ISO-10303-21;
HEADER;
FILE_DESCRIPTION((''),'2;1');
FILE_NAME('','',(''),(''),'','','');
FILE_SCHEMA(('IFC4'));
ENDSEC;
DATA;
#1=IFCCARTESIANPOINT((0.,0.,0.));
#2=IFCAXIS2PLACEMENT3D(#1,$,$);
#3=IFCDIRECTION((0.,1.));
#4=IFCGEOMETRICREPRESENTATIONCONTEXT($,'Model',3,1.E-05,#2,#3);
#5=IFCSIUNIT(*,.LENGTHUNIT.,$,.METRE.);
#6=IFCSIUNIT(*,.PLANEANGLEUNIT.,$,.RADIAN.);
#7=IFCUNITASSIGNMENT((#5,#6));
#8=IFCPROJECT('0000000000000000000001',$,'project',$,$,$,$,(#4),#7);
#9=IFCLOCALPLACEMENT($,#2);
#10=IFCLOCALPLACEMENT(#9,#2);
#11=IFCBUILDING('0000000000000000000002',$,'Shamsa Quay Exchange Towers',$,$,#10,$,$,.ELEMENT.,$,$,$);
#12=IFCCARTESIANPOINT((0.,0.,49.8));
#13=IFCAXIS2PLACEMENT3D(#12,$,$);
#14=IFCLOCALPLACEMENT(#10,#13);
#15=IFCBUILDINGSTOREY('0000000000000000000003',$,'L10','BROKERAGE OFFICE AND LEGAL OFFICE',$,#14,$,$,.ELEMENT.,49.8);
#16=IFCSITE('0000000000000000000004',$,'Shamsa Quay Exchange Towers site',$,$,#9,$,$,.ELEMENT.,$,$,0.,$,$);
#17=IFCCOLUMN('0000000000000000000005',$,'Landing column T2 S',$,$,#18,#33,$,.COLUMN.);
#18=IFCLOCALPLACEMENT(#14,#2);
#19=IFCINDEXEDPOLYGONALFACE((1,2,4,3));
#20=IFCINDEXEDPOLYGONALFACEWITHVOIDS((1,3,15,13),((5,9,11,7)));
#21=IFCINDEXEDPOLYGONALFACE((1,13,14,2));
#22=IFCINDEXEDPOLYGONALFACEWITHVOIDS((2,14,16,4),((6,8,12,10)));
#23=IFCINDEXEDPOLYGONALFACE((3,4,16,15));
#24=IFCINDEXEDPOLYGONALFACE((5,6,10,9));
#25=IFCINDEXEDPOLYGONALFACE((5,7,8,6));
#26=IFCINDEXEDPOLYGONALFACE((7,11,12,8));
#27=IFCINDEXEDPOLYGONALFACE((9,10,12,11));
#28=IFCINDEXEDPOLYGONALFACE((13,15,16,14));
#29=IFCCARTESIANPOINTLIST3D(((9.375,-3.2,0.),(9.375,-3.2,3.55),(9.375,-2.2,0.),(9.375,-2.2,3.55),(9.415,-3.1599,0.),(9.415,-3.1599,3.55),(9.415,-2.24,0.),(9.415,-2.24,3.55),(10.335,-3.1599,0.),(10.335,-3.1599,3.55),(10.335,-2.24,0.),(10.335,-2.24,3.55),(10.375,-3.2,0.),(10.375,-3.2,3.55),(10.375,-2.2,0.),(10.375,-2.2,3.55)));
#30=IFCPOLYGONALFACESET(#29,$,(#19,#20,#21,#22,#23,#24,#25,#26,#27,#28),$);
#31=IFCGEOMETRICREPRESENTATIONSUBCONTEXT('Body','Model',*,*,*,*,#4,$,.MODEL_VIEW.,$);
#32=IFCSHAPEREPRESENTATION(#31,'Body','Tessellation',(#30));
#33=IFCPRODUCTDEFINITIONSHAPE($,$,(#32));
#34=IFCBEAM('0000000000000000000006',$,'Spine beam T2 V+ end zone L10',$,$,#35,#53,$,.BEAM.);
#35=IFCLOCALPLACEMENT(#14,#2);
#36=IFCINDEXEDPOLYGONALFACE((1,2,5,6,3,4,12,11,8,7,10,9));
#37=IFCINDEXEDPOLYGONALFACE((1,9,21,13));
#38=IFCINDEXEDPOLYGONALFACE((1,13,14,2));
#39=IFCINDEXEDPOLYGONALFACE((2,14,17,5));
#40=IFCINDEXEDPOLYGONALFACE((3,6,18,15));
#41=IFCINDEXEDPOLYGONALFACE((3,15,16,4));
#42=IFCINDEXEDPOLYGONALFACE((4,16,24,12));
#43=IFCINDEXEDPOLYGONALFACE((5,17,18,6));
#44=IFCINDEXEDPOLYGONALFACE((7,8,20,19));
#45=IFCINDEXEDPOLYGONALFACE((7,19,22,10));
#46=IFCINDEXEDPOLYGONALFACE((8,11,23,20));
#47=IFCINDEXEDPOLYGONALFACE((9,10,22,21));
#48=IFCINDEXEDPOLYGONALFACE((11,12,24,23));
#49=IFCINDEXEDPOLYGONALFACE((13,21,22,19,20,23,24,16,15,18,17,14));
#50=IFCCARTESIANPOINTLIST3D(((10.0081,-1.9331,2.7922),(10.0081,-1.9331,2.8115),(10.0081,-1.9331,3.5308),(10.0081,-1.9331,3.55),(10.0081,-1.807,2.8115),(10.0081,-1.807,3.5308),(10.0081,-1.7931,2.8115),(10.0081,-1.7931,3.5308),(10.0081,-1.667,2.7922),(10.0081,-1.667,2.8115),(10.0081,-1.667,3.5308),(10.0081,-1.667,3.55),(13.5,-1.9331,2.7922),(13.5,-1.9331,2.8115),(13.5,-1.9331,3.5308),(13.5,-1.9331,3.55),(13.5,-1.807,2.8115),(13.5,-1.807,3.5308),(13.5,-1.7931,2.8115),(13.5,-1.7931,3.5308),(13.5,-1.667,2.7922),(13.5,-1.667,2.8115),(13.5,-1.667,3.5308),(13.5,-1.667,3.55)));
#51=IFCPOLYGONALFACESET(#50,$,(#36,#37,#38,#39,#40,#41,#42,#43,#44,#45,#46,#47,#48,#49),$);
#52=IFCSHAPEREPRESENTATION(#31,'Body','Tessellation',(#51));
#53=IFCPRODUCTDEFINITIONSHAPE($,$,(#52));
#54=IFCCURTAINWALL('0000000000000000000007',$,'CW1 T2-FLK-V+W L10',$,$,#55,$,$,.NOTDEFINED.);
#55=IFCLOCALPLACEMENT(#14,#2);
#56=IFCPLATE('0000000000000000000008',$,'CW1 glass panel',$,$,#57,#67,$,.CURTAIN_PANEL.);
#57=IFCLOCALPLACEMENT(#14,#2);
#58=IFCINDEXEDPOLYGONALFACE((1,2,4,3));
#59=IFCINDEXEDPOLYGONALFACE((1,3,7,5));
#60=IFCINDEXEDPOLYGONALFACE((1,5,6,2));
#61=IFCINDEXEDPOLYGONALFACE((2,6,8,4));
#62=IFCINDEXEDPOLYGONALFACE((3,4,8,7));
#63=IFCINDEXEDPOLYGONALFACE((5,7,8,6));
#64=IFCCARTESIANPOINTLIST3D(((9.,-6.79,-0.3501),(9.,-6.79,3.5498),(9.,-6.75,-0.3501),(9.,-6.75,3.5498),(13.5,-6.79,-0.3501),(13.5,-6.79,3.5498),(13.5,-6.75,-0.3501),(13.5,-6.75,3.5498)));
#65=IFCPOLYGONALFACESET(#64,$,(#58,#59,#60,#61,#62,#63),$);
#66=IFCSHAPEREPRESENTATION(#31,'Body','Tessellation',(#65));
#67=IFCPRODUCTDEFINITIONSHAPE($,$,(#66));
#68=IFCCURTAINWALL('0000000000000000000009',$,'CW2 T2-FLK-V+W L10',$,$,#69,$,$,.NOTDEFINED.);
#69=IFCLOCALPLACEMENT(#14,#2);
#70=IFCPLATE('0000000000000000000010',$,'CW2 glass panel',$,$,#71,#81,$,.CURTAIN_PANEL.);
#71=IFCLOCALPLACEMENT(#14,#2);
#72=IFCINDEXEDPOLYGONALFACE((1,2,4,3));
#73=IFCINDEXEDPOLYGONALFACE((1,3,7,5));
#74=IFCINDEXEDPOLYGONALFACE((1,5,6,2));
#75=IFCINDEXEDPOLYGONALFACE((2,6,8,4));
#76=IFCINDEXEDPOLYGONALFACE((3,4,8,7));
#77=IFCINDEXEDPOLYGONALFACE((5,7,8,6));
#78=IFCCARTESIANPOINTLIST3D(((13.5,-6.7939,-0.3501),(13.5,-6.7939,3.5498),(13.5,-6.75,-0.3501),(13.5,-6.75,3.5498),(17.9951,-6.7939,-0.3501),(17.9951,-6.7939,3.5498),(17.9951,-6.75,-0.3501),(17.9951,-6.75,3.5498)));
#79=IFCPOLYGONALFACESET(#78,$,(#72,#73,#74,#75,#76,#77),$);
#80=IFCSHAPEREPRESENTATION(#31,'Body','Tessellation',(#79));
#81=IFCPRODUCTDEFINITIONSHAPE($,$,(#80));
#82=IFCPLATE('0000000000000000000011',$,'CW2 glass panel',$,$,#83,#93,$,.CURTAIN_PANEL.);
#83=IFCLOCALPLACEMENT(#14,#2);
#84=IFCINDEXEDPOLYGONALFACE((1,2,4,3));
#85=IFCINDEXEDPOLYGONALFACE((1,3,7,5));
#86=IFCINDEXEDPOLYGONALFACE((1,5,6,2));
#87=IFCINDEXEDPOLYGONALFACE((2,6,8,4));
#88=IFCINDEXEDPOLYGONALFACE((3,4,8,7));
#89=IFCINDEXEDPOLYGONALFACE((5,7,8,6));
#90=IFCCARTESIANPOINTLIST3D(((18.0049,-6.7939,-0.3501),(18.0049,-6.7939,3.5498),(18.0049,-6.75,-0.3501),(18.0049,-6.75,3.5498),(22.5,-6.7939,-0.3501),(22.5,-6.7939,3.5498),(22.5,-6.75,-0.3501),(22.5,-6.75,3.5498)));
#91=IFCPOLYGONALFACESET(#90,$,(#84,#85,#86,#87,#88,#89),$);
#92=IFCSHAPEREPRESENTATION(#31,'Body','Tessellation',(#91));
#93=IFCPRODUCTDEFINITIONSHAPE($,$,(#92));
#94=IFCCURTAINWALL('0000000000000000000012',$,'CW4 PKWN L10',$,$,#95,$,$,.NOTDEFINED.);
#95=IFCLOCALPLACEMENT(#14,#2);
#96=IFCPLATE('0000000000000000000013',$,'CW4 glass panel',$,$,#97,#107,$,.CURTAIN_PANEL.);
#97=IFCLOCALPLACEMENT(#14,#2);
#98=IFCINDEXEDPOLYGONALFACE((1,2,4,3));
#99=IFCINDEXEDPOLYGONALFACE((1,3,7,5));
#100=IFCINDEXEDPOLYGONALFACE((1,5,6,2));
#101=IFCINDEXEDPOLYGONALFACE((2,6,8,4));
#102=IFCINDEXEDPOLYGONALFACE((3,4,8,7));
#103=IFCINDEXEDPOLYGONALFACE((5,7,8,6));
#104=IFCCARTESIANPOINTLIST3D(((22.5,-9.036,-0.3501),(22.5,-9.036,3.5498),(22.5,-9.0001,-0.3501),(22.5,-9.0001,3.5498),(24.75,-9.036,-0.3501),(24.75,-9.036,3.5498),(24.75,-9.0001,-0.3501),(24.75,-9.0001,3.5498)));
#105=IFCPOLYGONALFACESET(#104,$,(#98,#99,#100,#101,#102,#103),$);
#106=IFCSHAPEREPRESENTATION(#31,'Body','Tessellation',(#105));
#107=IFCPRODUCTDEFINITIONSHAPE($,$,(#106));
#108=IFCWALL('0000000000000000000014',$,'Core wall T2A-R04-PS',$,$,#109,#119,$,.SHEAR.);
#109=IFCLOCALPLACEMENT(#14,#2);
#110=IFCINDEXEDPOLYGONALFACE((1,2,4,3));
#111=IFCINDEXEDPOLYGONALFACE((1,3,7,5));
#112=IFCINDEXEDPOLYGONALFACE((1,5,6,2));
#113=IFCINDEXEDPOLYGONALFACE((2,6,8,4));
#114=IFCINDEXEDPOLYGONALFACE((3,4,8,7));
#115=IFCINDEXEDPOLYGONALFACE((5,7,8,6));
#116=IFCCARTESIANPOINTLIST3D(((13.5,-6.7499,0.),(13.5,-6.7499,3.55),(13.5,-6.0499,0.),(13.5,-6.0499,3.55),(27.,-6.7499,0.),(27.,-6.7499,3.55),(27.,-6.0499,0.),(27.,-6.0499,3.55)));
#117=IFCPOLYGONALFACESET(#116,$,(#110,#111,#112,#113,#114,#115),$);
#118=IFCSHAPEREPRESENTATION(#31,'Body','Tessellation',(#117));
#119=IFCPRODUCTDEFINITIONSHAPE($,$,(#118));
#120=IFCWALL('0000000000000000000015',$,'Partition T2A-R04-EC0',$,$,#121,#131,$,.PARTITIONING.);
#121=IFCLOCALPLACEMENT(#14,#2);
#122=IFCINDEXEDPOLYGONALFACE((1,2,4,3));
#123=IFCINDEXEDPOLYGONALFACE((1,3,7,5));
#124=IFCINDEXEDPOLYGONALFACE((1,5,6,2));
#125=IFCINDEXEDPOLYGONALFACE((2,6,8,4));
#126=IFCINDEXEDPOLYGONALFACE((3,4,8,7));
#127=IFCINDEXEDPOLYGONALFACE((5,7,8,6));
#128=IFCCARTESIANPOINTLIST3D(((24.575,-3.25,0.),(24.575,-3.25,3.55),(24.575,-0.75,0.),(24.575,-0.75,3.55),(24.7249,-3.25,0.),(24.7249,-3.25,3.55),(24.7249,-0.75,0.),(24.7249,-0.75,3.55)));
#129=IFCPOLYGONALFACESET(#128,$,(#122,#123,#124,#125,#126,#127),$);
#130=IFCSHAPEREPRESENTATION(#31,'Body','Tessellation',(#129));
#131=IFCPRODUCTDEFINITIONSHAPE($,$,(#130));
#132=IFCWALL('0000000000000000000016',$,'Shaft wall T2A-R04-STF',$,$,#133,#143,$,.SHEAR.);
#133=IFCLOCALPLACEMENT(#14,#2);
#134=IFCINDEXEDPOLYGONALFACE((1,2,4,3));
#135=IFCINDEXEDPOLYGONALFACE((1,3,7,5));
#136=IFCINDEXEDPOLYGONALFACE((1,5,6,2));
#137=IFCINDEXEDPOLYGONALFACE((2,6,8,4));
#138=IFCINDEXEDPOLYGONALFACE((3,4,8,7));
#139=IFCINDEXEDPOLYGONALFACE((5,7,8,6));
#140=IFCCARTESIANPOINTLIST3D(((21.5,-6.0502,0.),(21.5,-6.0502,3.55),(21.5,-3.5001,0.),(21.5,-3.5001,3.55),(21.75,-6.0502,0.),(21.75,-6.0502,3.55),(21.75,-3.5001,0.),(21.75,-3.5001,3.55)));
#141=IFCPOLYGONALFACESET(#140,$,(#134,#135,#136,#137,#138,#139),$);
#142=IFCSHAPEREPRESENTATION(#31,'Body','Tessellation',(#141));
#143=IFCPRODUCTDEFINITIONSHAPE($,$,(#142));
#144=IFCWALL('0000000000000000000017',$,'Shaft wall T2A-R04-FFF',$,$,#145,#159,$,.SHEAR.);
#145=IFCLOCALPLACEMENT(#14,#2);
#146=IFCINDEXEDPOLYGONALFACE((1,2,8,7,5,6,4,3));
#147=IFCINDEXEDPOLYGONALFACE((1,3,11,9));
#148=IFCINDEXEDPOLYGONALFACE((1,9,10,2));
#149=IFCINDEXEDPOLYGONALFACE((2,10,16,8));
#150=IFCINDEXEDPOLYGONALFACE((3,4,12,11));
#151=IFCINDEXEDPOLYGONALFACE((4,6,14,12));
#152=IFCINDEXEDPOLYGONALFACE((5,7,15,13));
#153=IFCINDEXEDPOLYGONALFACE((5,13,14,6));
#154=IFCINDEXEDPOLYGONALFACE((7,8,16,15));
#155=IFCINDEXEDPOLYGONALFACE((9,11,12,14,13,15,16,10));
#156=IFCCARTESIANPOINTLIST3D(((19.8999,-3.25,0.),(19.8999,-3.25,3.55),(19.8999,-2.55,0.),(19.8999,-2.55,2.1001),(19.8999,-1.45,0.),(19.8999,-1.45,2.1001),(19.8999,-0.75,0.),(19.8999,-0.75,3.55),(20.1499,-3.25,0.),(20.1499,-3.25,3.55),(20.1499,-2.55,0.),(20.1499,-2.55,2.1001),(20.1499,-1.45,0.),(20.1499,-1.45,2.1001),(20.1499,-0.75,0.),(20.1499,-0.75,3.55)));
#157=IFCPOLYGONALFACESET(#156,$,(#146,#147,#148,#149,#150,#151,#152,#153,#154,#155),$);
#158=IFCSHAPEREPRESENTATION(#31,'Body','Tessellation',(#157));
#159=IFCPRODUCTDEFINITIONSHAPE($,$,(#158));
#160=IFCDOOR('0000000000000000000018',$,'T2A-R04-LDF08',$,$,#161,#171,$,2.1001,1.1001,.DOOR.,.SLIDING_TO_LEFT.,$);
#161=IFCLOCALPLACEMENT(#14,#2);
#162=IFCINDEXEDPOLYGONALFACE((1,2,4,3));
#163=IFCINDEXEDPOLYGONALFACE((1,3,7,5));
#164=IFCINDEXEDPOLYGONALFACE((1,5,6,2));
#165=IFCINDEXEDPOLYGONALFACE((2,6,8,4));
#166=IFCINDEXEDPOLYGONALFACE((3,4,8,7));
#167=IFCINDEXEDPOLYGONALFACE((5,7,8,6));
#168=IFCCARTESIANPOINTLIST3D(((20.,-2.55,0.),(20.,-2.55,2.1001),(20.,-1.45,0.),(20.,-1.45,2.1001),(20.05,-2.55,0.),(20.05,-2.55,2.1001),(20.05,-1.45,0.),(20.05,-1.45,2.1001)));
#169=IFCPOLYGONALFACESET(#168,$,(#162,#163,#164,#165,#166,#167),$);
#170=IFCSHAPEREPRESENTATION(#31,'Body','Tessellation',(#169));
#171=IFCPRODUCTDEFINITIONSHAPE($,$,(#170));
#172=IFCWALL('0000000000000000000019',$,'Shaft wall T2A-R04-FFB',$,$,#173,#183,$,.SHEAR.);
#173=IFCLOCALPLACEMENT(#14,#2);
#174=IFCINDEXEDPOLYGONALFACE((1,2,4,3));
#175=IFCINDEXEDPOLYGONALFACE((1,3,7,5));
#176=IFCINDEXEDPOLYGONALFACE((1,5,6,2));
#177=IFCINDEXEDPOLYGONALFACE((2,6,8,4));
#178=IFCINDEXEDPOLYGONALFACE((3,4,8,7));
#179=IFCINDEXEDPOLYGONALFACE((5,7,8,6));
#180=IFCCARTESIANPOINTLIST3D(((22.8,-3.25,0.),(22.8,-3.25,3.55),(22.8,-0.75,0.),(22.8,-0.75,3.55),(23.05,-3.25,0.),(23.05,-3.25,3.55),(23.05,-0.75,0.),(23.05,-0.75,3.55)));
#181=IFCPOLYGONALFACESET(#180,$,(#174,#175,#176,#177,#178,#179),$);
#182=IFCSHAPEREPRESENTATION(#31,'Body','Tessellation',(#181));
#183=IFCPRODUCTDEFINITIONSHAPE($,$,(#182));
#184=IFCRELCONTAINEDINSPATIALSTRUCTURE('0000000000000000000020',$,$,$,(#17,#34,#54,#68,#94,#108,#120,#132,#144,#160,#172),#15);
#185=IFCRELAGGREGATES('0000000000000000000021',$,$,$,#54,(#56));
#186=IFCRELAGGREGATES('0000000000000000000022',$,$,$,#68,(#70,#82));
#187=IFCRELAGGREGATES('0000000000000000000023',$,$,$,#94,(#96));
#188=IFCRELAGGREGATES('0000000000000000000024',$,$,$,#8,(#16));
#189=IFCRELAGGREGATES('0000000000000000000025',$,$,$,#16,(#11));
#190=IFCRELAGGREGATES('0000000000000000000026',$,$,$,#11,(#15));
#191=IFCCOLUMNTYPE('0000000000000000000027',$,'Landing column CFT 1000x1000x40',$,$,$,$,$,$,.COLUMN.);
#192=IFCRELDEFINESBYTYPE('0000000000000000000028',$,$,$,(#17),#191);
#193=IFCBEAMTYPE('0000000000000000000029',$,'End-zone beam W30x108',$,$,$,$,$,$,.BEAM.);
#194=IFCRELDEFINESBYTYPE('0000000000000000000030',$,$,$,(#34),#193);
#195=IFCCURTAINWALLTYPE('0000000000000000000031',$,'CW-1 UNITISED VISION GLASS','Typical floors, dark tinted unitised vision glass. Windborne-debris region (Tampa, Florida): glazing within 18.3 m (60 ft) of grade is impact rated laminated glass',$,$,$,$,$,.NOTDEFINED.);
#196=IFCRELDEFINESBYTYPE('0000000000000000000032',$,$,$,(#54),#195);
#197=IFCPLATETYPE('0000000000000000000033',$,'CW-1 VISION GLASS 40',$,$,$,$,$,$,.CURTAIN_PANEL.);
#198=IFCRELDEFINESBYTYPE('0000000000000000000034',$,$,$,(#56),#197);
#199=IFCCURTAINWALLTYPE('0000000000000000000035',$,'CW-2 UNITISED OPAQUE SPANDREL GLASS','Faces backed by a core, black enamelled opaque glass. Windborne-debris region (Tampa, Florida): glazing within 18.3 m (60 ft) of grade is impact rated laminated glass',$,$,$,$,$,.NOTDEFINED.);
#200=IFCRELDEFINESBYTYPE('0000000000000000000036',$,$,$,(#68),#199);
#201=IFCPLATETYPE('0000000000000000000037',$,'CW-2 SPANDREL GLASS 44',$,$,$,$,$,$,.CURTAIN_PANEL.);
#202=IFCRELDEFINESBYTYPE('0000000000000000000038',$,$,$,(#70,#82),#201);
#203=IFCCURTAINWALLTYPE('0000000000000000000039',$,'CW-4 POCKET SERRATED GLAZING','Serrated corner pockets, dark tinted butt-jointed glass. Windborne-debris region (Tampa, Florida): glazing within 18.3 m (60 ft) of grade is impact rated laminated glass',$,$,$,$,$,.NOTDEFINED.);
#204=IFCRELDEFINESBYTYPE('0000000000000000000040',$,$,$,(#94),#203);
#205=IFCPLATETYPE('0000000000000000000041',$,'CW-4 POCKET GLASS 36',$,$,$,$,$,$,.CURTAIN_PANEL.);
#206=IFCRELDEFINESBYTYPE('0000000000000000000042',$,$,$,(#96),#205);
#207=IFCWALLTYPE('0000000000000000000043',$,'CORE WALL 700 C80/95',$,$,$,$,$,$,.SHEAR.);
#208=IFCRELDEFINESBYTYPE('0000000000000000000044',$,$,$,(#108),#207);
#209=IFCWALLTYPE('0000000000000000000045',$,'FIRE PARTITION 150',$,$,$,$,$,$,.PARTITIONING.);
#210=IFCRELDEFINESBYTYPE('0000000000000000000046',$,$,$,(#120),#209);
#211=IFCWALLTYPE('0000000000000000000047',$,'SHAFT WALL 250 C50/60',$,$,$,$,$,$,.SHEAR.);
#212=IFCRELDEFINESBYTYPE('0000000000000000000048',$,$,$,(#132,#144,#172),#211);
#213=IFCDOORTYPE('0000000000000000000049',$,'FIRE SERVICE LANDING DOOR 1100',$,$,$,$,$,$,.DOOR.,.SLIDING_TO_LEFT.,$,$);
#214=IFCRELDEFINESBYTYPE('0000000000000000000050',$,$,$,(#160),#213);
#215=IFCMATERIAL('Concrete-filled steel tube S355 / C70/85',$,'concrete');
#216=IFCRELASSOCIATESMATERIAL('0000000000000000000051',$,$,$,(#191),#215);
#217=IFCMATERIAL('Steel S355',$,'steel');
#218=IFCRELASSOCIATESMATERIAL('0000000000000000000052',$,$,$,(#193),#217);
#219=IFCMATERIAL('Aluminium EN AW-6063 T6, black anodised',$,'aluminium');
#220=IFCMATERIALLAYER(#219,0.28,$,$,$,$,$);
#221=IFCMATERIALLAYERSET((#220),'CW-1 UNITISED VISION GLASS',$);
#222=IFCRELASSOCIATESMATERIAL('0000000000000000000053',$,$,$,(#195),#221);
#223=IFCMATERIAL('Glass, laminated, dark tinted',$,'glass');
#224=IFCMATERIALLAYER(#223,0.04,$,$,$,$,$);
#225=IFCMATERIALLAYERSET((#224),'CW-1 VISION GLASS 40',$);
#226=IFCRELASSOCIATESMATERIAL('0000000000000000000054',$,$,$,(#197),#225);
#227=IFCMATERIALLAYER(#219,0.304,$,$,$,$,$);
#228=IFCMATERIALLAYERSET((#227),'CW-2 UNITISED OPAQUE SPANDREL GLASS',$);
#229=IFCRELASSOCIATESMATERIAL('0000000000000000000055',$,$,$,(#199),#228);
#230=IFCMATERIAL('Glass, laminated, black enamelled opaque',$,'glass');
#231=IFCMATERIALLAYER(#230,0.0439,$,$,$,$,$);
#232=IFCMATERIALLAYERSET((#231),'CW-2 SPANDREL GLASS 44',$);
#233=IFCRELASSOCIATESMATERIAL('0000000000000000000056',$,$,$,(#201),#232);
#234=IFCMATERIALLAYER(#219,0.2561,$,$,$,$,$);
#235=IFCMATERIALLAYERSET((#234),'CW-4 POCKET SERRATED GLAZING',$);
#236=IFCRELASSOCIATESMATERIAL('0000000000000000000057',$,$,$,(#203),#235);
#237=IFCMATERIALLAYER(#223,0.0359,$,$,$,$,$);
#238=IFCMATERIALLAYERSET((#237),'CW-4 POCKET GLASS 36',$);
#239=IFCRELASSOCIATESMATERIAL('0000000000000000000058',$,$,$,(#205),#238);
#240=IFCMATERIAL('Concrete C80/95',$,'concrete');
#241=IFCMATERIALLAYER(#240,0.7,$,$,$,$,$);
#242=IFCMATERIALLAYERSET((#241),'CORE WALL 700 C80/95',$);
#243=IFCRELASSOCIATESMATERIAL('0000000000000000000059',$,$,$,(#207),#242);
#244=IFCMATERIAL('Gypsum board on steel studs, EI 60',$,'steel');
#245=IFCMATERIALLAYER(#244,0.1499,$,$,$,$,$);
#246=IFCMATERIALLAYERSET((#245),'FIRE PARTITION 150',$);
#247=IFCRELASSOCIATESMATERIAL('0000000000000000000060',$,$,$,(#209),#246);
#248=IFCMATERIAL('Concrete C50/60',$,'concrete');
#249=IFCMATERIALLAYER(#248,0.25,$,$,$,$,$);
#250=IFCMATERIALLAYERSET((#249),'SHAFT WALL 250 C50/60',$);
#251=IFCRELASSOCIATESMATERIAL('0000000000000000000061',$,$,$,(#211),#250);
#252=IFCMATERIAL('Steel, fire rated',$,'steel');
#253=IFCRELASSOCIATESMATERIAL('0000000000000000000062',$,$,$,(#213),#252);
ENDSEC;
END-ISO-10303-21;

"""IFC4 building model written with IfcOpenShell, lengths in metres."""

from ifc_helpers import new_model, si_unit, direction, frame, frame_2d, origin, origin_2d, place, context, subcontext, project, spatial, rectangle, hollow_rectangle, i_section, extrude, material, layer, layer_set, material_profile, profile_set, type_object, element, fill, aggregate, save


model = new_model("IFC4")

# Units and contexts
model_context = context("Model", 3, precision=1e-05, world=origin(), true_north=direction((0.0, 1.0)))
body_context = subcontext(model_context, "Body", "Model", "MODEL_VIEW")
ifc_project = project(units=[si_unit("LENGTHUNIT", "METRE"), si_unit("PLANEANGLEUNIT", "RADIAN")], contexts=[model_context])

# Site, building, storey
site_placement = place(None, origin())
site = spatial("IfcSite", under=ifc_project, at=site_placement, Name="Shamsa Quay Exchange Towers site", CompositionType="ELEMENT", RefElevation=0.0)
building_placement = place(site_placement, origin())
building = spatial("IfcBuilding", under=site, at=building_placement, Name="Shamsa Quay Exchange Towers", CompositionType="ELEMENT")
storey_placement = place(building_placement, frame((0.0, 0.0, 49.8)))
storey = spatial("IfcBuildingStorey", under=building, at=storey_placement, Name="L10", Description="BROKERAGE OFFICE AND LEGAL OFFICE", CompositionType="ELEMENT", Elevation=49.8)

# Column
ifc_material_1 = material(Name="Concrete-filled steel tube S355 / C70/85", Category="concrete")
ifc_material_profile_1 = material_profile(ifc_material_1, hollow_rectangle(XDim=1.0, YDim=1.0, WallThickness=0.04, at=origin_2d()), Name="CFT 1000x1000x40")
ifc_profile_set_1 = profile_set([ifc_material_profile_1], Name="Concrete-filled steel tube S355 / C70/85")
column_type = type_object("IfcColumnType", Name="Landing column CFT 1000x1000x40", PredefinedType="COLUMN", material=ifc_profile_set_1)
column_placement = place(storey_placement, frame((9.875, -2.7, 0.0)))
element("IfcColumn", 1, at=column_placement, inside=storey, type_object=column_type, Name="Landing column T2 S", PredefinedType="COLUMN", context=body_context, shape_type="SweptSolid", body=[
    extrude(hollow_rectangle(XDim=1.0, YDim=1.0, WallThickness=0.04, at=origin_2d()), origin(), (0.0, 0.0, 1.0), 3.55),
])

# Beam
ifc_material_2 = material(Name="Steel S355", Category="steel")
ifc_material_profile_2 = material_profile(ifc_material_2, i_section(OverallWidth=0.2661, OverallDepth=0.7578, WebThickness=0.0139, FlangeThickness=0.0193, at=origin_2d()), Name="W30x108")
ifc_profile_set_2 = profile_set([ifc_material_profile_2], Name="Steel S355")
beam_type = type_object("IfcBeamType", Name="End-zone beam W30x108", PredefinedType="BEAM", material=ifc_profile_set_2)
beam_placement = place(storey_placement, frame((13.5, -1.8, 3.1711), z_axis=(-1.0, 0.0, 0.0), x_axis=(0.0, -1.0, 0.0)))
element("IfcBeam", 2, at=beam_placement, inside=storey, type_object=beam_type, Name="Spine beam T2 V+ end zone L10", PredefinedType="BEAM", context=body_context, shape_type="SweptSolid", body=[
    extrude(i_section(OverallWidth=0.2661, OverallDepth=0.7578, WebThickness=0.0139, FlangeThickness=0.0193, at=origin_2d()), origin(), (0.0, 0.0, 1.0), 3.4919),
])

# Curtain wall, plate
ifc_material_3 = material(Name="Aluminium EN AW-6063 T6, black anodised", Category="aluminium")
ifc_layer_1 = layer(ifc_material_3, 0.28)
ifc_layer_set_1 = layer_set([ifc_layer_1], Name="CW-1 UNITISED VISION GLASS")
curtain_wall_type_1 = type_object("IfcCurtainWallType", Name="CW-1 UNITISED VISION GLASS", Description="Typical floors, dark tinted unitised vision glass. Windborne-debris region (Tampa, Florida): glazing within 18.3 m (60 ft) of grade is impact rated laminated glass", PredefinedType="NOTDEFINED", material=ifc_layer_set_1)
curtain_wall_1_placement = place(storey_placement, origin())
curtain_wall_1 = element("IfcCurtainWall", 3, at=curtain_wall_1_placement, inside=storey, type_object=curtain_wall_type_1, Name="CW1 T2-FLK-V+W L10", PredefinedType="NOTDEFINED")
ifc_material_4 = material(Name="Glass, laminated, dark tinted", Category="glass")
ifc_layer_2 = layer(ifc_material_4, 0.04)
ifc_layer_set_2 = layer_set([ifc_layer_2], Name="CW-1 VISION GLASS 40")
plate_type_1 = type_object("IfcPlateType", Name="CW-1 VISION GLASS 40", PredefinedType="CURTAIN_PANEL", material=ifc_layer_set_2)
plate_1_placement = place(storey_placement, frame((11.25, -6.77, -0.3501)))
plate_1 = element("IfcPlate", 4, at=plate_1_placement, type_object=plate_type_1, Name="CW1 glass panel", PredefinedType="CURTAIN_PANEL", context=body_context, shape_type="SweptSolid", body=[
    extrude(rectangle(XDim=4.5, YDim=0.04, at=origin_2d()), origin(), (0.0, 0.0, 1.0), 3.8999),
])
aggregate(curtain_wall_1, [plate_1])

# Curtain wall, plates
ifc_layer_3 = layer(ifc_material_3, 0.304)
ifc_layer_set_3 = layer_set([ifc_layer_3], Name="CW-2 UNITISED OPAQUE SPANDREL GLASS")
curtain_wall_type_2 = type_object("IfcCurtainWallType", Name="CW-2 UNITISED OPAQUE SPANDREL GLASS", Description="Faces backed by a core, black enamelled opaque glass. Windborne-debris region (Tampa, Florida): glazing within 18.3 m (60 ft) of grade is impact rated laminated glass", PredefinedType="NOTDEFINED", material=ifc_layer_set_3)
curtain_wall_2_placement = place(storey_placement, origin())
curtain_wall_2 = element("IfcCurtainWall", 5, at=curtain_wall_2_placement, inside=storey, type_object=curtain_wall_type_2, Name="CW2 T2-FLK-V+W L10", PredefinedType="NOTDEFINED")
ifc_material_5 = material(Name="Glass, laminated, black enamelled opaque", Category="glass")
ifc_layer_4 = layer(ifc_material_5, 0.0439)
ifc_layer_set_4 = layer_set([ifc_layer_4], Name="CW-2 SPANDREL GLASS 44")
plate_type_2 = type_object("IfcPlateType", Name="CW-2 SPANDREL GLASS 44", PredefinedType="CURTAIN_PANEL", material=ifc_layer_set_4)
plate_2_placement = place(storey_placement, frame((15.7476, -6.772, -0.3501)))
plate_2 = element("IfcPlate", 6, at=plate_2_placement, type_object=plate_type_2, Name="CW2 glass panel", PredefinedType="CURTAIN_PANEL", context=body_context, shape_type="SweptSolid", body=[
    extrude(rectangle(XDim=4.4951, YDim=0.0439, at=origin_2d()), origin(), (0.0, 0.0, 1.0), 3.8999),
])
plate_3_placement = place(storey_placement, frame((20.2524, -6.772, -0.3501)))
plate_3 = element("IfcPlate", 7, at=plate_3_placement, type_object=plate_type_2, Name="CW2 glass panel", PredefinedType="CURTAIN_PANEL", context=body_context, shape_type="SweptSolid", body=[
    extrude(rectangle(XDim=4.4951, YDim=0.0439, at=origin_2d()), origin(), (0.0, 0.0, 1.0), 3.8999),
])
aggregate(curtain_wall_2, [plate_2, plate_3])

# Curtain wall, plate
ifc_layer_5 = layer(ifc_material_3, 0.2561)
ifc_layer_set_5 = layer_set([ifc_layer_5], Name="CW-4 POCKET SERRATED GLAZING")
curtain_wall_type_3 = type_object("IfcCurtainWallType", Name="CW-4 POCKET SERRATED GLAZING", Description="Serrated corner pockets, dark tinted butt-jointed glass. Windborne-debris region (Tampa, Florida): glazing within 18.3 m (60 ft) of grade is impact rated laminated glass", PredefinedType="NOTDEFINED", material=ifc_layer_set_5)
curtain_wall_3_placement = place(storey_placement, origin())
curtain_wall_3 = element("IfcCurtainWall", 8, at=curtain_wall_3_placement, inside=storey, type_object=curtain_wall_type_3, Name="CW4 PKWN L10", PredefinedType="NOTDEFINED")
ifc_layer_6 = layer(ifc_material_4, 0.0359)
ifc_layer_set_6 = layer_set([ifc_layer_6], Name="CW-4 POCKET GLASS 36")
plate_type_3 = type_object("IfcPlateType", Name="CW-4 POCKET GLASS 36", PredefinedType="CURTAIN_PANEL", material=ifc_layer_set_6)
plate_4_placement = place(storey_placement, frame((23.625, -9.0181, -0.3501)))
plate_4 = element("IfcPlate", 9, at=plate_4_placement, type_object=plate_type_3, Name="CW4 glass panel", PredefinedType="CURTAIN_PANEL", context=body_context, shape_type="SweptSolid", body=[
    extrude(rectangle(XDim=2.25, YDim=0.0359, at=origin_2d()), origin(), (0.0, 0.0, 1.0), 3.8999),
])
aggregate(curtain_wall_3, [plate_4])

# Walls
ifc_material_6 = material(Name="Concrete C80/95", Category="concrete")
ifc_layer_7 = layer(ifc_material_6, 0.7)
ifc_layer_set_7 = layer_set([ifc_layer_7], Name="CORE WALL 700 C80/95")
wall_type_1 = type_object("IfcWallType", Name="CORE WALL 700 C80/95", PredefinedType="SHEAR", material=ifc_layer_set_7)
wall_1_placement = place(storey_placement, frame((13.5, -6.3999, 0.0)))
element("IfcWall", 10, at=wall_1_placement, inside=storey, type_object=wall_type_1, Name="Core wall T2A-R04-PS", PredefinedType="SHEAR", context=body_context, shape_type="SweptSolid", body=[
    extrude(rectangle(XDim=13.5, YDim=0.7, at=frame_2d((6.75, 0.0))), origin(), (0.0, 0.0, 1.0), 3.55),
])
ifc_material_7 = material(Name="Gypsum board on steel studs, EI 60", Category="steel")
ifc_layer_8 = layer(ifc_material_7, 0.1499)
ifc_layer_set_8 = layer_set([ifc_layer_8], Name="FIRE PARTITION 150")
wall_type_2 = type_object("IfcWallType", Name="FIRE PARTITION 150", PredefinedType="PARTITIONING", material=ifc_layer_set_8)
wall_2_placement = place(storey_placement, frame((24.6499, -3.25, 0.0), z_axis=(0.0, 0.0, 1.0), x_axis=(0.0, 1.0, 0.0)))
element("IfcWall", 11, at=wall_2_placement, inside=storey, type_object=wall_type_2, Name="Partition T2A-R04-EC0", PredefinedType="PARTITIONING", context=body_context, shape_type="SweptSolid", body=[
    extrude(rectangle(XDim=2.5, YDim=0.1499, at=frame_2d((1.25, 0.0))), origin(), (0.0, 0.0, 1.0), 3.55),
])
ifc_material_8 = material(Name="Concrete C50/60", Category="concrete")
ifc_layer_9 = layer(ifc_material_8, 0.25)
ifc_layer_set_9 = layer_set([ifc_layer_9], Name="SHAFT WALL 250 C50/60")
wall_type_3 = type_object("IfcWallType", Name="SHAFT WALL 250 C50/60", PredefinedType="SHEAR", material=ifc_layer_set_9)
wall_3_placement = place(storey_placement, frame((21.625, -6.05, 0.0), z_axis=(0.0, 0.0, 1.0), x_axis=(0.0, 1.0, 0.0)))
element("IfcWall", 12, at=wall_3_placement, inside=storey, type_object=wall_type_3, Name="Shaft wall T2A-R04-STF", PredefinedType="SHEAR", context=body_context, shape_type="SweptSolid", body=[
    extrude(rectangle(XDim=2.55, YDim=0.25, at=frame_2d((1.2749, 0.0))), origin(), (0.0, 0.0, 1.0), 3.55),
])

# Wall, opening, door
wall_4_placement = place(storey_placement, frame((20.0249, -3.25, 0.0), z_axis=(0.0, 0.0, 1.0), x_axis=(0.0, 1.0, 0.0)))
wall_4 = element("IfcWall", 13, at=wall_4_placement, inside=storey, type_object=wall_type_3, Name="Shaft wall T2A-R04-FFF", PredefinedType="SHEAR", context=body_context, shape_type="SweptSolid", body=[
    extrude(rectangle(XDim=2.5, YDim=0.25, at=frame_2d((1.25, 0.0))), origin(), (0.0, 0.0, 1.0), 3.55),
])
opening_1_placement = place(wall_4_placement, frame((0.7, 0.0, 0.0)))
opening_1 = element("IfcOpeningElement", 14, at=opening_1_placement, cuts=wall_4, PredefinedType="OPENING", context=body_context, shape_type="SweptSolid", body=[
    extrude(rectangle(XDim=1.1001, YDim=2.1001, at=frame_2d((0.55, 1.05))), frame((0.0, 0.135, 0.0), z_axis=(0.0, -1.0, 0.0), x_axis=(1.0, 0.0, 0.0)), (0.0, 0.0, 1.0), 0.27),
])
ifc_material_9 = material(Name="Steel, fire rated", Category="steel")
door_type_1 = type_object("IfcDoorType", Name="FIRE SERVICE LANDING DOOR 1100", OperationType="SLIDING_TO_LEFT", PredefinedType="DOOR", material=ifc_material_9)
door_1_placement = place(opening_1_placement, origin())
door_1 = element("IfcDoor", 15, at=door_1_placement, inside=storey, type_object=door_type_1, Name="T2A-R04-LDF08", OperationType="SLIDING_TO_LEFT", OverallHeight=2.1001, OverallWidth=1.1001, PredefinedType="DOOR", context=body_context, shape_type="SweptSolid", body=[
    extrude(rectangle(XDim=1.1001, YDim=2.1001, at=frame_2d((0.55, 1.05))), frame((0.0, 0.0249, 0.0), z_axis=(0.0, -1.0, 0.0), x_axis=(1.0, 0.0, 0.0)), (0.0, 0.0, 1.0), 0.05),
])
fill(opening_1, door_1)

# Wall
wall_5_placement = place(storey_placement, frame((22.925, -3.25, 0.0), z_axis=(0.0, 0.0, 1.0), x_axis=(0.0, 1.0, 0.0)))
element("IfcWall", 16, at=wall_5_placement, inside=storey, type_object=wall_type_3, Name="Shaft wall T2A-R04-FFB", PredefinedType="SHEAR", context=body_context, shape_type="SweptSolid", body=[
    extrude(rectangle(XDim=2.5, YDim=0.25, at=frame_2d((1.25, 0.0))), origin(), (0.0, 0.0, 1.0), 3.55),
])

save(model, "model.ifc")
